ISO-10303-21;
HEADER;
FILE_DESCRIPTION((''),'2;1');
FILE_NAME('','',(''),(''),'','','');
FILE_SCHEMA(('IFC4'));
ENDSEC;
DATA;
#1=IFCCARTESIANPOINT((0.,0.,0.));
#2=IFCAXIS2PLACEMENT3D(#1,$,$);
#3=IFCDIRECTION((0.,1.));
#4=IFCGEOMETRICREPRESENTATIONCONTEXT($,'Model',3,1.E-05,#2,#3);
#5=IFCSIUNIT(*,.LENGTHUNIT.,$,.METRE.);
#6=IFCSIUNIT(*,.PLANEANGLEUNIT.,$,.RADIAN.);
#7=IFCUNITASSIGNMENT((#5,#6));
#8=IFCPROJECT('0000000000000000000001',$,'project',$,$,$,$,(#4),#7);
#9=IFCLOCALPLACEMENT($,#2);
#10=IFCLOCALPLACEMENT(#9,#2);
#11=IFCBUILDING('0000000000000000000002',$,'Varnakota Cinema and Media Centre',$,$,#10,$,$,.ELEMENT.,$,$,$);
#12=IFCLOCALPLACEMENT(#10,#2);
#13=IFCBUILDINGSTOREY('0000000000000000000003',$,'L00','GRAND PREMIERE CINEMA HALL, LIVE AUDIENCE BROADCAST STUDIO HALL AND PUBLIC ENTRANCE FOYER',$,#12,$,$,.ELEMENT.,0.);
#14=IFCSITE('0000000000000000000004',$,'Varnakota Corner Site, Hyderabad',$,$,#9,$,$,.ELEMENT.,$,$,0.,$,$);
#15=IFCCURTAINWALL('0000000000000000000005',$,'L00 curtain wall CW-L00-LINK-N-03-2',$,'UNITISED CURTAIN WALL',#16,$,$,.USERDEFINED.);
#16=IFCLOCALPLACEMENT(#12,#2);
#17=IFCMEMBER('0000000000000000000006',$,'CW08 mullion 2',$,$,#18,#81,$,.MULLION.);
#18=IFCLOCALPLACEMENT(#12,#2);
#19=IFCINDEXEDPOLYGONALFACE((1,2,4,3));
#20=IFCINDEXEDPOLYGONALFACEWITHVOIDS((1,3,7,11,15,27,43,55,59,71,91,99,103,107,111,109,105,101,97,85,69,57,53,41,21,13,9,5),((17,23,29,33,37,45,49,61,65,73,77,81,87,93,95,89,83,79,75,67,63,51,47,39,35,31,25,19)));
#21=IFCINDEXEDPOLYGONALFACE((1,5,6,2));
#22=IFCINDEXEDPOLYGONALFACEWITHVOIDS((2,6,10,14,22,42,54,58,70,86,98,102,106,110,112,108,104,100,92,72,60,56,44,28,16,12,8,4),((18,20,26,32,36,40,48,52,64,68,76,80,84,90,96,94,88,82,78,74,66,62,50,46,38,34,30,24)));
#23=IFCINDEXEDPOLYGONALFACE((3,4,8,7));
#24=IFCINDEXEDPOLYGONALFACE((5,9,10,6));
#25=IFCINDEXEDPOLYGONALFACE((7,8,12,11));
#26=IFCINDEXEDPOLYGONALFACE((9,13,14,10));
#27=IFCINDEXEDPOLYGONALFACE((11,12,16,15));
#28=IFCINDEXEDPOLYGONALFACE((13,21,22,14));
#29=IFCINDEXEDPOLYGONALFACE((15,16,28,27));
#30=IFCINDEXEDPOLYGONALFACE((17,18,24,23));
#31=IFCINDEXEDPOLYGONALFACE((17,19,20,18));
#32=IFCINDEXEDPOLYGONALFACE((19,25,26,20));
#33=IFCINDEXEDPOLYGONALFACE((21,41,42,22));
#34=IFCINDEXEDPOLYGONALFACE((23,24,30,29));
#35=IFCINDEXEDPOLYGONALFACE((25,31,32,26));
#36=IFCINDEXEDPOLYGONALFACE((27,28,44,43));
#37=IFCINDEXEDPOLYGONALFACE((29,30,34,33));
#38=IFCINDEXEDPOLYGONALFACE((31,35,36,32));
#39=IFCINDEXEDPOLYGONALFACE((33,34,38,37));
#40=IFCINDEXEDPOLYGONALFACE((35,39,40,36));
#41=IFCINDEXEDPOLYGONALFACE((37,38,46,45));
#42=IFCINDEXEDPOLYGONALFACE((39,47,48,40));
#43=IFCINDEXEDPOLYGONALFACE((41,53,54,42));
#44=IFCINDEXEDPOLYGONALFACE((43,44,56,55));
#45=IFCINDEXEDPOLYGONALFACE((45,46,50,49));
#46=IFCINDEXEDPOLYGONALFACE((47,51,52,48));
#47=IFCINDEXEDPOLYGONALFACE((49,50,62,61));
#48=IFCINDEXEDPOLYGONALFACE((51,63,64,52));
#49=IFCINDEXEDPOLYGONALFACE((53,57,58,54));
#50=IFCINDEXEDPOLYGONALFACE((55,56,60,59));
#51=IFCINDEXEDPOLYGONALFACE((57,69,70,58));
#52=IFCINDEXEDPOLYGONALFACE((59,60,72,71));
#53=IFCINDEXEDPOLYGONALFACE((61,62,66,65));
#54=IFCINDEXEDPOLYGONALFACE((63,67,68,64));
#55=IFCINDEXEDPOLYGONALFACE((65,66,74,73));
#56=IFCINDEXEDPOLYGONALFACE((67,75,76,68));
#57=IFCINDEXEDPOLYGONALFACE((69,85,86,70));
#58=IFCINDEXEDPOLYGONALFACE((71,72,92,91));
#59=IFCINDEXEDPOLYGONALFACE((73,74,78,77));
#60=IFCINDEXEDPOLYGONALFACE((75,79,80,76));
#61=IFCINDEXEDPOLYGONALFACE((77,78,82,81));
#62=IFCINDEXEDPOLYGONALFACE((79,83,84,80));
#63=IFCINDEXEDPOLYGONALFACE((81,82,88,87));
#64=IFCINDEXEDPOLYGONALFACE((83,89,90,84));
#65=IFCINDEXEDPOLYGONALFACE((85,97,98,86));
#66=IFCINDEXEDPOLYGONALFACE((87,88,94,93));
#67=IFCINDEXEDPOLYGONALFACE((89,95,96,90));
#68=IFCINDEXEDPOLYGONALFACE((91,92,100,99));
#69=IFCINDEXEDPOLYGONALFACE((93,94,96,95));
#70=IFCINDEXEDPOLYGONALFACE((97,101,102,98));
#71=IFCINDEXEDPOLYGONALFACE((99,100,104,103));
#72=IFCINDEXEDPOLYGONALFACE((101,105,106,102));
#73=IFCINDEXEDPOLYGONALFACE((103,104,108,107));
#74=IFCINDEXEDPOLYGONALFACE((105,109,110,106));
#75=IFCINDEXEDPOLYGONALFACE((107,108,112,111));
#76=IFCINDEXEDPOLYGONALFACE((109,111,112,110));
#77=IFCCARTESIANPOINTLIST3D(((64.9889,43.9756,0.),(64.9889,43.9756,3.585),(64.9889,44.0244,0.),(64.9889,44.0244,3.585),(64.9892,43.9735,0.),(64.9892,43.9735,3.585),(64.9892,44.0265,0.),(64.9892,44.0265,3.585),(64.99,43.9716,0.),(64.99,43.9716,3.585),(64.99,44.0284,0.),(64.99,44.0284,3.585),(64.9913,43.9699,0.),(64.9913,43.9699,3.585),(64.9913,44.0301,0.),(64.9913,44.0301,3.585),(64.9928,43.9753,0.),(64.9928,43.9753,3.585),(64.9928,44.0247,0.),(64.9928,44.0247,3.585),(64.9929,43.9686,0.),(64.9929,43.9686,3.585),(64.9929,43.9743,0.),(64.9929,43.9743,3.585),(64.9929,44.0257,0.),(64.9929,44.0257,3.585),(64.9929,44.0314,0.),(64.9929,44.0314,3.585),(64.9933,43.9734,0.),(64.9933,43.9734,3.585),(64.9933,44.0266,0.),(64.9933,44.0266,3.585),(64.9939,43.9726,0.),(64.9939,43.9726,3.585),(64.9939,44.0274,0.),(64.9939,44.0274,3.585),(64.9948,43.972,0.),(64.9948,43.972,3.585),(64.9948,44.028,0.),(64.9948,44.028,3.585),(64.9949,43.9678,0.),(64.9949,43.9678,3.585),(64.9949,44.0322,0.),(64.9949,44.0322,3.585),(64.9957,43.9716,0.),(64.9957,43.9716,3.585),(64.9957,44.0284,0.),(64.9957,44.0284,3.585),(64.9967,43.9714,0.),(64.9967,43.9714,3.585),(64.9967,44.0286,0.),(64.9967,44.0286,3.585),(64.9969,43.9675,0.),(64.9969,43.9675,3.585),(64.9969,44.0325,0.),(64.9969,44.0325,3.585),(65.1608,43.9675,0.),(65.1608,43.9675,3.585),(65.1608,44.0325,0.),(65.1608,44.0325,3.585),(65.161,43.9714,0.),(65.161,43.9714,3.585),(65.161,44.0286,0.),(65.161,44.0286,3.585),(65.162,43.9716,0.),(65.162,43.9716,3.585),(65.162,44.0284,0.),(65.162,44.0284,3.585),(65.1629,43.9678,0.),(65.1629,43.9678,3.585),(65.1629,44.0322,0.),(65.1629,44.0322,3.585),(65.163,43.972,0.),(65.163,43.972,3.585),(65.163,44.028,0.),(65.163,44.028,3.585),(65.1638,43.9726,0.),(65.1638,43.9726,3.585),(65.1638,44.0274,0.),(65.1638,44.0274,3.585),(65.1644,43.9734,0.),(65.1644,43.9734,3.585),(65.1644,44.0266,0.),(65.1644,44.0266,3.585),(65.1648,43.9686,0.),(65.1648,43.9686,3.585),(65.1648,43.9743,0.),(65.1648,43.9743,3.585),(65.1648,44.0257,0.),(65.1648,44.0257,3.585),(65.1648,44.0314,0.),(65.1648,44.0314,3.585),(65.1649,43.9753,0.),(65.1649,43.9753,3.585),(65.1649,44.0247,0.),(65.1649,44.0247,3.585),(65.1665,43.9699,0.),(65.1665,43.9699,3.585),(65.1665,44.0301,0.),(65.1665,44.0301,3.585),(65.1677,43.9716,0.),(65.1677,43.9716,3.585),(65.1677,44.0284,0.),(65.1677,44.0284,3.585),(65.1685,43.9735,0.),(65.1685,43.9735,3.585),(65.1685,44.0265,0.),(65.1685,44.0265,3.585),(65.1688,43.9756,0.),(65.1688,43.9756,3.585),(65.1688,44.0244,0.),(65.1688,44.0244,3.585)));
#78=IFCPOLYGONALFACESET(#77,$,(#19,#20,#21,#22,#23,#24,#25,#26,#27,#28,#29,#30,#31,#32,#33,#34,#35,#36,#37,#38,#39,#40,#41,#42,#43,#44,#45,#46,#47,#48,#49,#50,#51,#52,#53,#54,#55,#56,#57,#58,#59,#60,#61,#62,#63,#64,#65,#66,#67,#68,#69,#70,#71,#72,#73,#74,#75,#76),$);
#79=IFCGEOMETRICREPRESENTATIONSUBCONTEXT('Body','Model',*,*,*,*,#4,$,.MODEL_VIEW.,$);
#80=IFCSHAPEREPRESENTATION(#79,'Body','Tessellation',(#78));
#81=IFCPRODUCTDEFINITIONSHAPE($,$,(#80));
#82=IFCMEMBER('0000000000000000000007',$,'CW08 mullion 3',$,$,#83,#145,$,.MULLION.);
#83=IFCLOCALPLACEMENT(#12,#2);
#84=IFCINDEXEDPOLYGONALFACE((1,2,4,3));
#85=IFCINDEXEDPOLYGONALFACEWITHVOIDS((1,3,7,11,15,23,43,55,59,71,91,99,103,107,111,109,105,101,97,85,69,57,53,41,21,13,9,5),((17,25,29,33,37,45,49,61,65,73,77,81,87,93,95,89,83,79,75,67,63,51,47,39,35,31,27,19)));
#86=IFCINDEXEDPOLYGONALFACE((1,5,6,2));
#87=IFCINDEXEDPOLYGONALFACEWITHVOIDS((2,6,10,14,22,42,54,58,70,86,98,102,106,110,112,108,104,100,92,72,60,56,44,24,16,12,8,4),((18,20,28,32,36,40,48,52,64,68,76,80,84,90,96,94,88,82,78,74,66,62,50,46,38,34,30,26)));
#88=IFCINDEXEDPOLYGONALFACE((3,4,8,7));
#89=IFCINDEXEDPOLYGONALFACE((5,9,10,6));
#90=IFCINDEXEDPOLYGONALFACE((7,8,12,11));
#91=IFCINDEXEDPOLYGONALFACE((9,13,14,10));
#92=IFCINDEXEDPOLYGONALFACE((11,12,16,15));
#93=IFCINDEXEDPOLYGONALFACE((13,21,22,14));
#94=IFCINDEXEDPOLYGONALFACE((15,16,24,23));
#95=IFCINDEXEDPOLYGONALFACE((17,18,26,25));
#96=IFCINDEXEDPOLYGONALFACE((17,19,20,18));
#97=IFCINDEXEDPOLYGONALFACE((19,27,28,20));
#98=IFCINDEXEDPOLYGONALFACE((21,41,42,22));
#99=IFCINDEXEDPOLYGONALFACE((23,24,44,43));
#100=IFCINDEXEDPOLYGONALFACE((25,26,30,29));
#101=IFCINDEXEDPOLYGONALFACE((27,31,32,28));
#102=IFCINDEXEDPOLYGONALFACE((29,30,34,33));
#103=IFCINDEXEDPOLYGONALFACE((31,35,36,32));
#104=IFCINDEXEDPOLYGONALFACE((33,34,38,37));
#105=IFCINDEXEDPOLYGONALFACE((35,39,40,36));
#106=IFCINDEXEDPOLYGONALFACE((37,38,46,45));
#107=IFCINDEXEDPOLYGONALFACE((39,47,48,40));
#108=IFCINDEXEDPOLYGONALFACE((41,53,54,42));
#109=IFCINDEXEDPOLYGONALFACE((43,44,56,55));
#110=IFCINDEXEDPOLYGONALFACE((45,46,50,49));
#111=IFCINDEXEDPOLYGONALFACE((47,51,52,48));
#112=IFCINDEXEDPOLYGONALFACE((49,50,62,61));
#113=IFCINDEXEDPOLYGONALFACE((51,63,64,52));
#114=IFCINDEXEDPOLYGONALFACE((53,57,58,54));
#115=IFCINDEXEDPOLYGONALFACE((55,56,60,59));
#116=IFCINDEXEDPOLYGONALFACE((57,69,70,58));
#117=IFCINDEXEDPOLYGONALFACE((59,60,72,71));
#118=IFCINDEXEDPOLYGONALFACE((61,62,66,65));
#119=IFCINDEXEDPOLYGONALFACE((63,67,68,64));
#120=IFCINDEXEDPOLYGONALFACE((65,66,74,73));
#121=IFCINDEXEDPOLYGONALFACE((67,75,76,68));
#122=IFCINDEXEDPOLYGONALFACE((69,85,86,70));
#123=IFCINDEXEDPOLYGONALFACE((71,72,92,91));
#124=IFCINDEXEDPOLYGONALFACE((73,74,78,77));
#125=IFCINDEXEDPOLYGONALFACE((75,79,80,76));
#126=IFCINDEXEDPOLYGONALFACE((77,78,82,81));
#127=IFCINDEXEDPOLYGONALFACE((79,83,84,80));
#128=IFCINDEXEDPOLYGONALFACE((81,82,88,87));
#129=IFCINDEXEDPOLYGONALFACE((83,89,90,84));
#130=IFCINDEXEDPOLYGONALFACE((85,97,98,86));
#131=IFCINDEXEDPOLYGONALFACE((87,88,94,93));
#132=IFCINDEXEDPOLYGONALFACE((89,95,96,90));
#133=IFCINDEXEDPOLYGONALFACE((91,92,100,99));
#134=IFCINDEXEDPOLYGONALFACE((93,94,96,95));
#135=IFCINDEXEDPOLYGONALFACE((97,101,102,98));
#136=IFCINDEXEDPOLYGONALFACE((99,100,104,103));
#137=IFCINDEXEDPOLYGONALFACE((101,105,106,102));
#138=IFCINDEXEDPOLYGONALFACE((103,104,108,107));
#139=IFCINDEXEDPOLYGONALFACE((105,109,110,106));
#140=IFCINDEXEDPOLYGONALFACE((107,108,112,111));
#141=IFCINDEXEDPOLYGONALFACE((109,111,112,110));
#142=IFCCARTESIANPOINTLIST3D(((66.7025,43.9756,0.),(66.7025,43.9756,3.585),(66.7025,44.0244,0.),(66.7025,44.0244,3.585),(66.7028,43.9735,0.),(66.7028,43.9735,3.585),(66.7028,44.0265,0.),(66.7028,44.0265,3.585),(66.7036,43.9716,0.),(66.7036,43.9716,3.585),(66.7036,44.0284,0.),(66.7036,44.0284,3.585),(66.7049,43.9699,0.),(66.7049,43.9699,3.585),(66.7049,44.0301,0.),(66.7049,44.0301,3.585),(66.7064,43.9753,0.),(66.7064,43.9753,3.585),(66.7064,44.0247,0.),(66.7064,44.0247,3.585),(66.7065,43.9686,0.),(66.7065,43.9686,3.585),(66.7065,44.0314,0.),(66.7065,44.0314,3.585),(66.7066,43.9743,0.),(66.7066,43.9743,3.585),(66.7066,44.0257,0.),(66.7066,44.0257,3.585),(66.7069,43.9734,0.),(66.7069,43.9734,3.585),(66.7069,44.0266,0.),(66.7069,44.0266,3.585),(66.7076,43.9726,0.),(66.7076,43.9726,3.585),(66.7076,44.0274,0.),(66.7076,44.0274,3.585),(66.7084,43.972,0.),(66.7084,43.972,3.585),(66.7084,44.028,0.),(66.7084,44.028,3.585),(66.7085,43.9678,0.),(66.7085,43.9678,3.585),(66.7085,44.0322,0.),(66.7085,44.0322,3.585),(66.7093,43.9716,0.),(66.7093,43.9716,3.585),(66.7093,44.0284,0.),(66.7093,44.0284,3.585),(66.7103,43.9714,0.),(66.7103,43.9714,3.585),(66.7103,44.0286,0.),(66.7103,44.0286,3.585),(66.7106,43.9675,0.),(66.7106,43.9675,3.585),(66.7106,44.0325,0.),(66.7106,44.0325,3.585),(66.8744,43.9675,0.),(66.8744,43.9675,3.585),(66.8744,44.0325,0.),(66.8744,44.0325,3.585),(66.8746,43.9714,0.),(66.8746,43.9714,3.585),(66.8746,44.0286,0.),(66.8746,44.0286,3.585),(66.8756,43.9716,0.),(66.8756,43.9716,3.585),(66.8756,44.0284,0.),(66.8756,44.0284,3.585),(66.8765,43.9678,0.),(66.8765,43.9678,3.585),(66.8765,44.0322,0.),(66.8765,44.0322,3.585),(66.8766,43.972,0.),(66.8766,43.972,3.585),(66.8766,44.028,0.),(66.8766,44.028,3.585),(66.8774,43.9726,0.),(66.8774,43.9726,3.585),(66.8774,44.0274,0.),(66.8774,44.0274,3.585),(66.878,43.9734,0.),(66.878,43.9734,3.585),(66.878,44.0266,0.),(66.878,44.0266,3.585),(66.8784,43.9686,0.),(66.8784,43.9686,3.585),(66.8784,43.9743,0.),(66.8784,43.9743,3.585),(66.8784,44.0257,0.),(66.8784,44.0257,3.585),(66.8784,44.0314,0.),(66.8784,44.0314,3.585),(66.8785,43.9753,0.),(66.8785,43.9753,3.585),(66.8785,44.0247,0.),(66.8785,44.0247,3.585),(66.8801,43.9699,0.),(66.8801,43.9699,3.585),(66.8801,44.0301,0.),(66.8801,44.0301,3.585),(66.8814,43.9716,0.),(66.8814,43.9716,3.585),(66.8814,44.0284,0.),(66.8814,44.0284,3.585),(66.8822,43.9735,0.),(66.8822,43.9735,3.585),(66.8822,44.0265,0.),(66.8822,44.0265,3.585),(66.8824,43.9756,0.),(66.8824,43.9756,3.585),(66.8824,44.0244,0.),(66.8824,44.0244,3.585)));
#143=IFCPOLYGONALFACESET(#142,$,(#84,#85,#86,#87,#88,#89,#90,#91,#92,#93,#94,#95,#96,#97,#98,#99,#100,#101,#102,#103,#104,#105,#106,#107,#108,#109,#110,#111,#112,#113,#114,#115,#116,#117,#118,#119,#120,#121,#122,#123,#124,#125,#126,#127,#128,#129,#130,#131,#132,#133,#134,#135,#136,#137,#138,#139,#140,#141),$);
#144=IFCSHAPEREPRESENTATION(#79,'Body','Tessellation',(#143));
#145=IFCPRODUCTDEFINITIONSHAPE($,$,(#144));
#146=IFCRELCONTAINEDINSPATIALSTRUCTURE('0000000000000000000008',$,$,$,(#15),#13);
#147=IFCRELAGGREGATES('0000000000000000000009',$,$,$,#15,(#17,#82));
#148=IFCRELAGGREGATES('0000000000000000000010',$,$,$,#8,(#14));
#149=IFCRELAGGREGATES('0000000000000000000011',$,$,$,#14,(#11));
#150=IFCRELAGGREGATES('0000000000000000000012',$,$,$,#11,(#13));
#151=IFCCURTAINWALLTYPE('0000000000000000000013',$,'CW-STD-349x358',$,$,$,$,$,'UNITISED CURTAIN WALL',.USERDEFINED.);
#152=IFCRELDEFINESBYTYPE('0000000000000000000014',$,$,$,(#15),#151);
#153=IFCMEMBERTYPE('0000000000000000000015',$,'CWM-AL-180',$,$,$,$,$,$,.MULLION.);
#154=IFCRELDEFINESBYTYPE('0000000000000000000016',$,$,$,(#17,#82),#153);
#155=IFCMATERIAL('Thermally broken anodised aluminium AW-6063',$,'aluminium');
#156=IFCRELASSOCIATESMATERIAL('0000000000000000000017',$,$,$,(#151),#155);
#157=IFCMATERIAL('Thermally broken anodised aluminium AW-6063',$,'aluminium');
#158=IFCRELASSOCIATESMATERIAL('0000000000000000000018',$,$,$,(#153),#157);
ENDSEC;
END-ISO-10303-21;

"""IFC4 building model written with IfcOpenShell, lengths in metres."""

from ifc_helpers import new_model, si_unit, direction, frame, origin, origin_2d, place, context, subcontext, project, spatial, hollow_rectangle, extrude, material, material_profile, profile_set, type_object, element, aggregate, save


model = new_model("IFC4")

# Units and contexts
model_context = context("Model", 3, precision=1e-05, world=origin(), true_north=direction((0.0, 1.0)))
body_context = subcontext(model_context, "Body", "Model", "MODEL_VIEW")
ifc_project = project(units=[si_unit("LENGTHUNIT", "METRE"), si_unit("PLANEANGLEUNIT", "RADIAN")], contexts=[model_context])

# Site, building, storey
site_placement = place(None, origin())
site = spatial("IfcSite", under=ifc_project, at=site_placement, Name="Varnakota Corner Site, Hyderabad", CompositionType="ELEMENT", RefElevation=0.0)
building_placement = place(site_placement, origin())
building = spatial("IfcBuilding", under=site, at=building_placement, Name="Varnakota Cinema and Media Centre", CompositionType="ELEMENT")
storey_placement = place(building_placement, origin())
storey = spatial("IfcBuildingStorey", under=building, at=storey_placement, Name="L00", Description="GRAND PREMIERE CINEMA HALL, LIVE AUDIENCE BROADCAST STUDIO HALL AND PUBLIC ENTRANCE FOYER", CompositionType="ELEMENT", Elevation=0.0)

# Curtain wall, members
ifc_material_1 = material(Name="Thermally broken anodised aluminium AW-6063", Category="aluminium")
curtain_wall_type = type_object("IfcCurtainWallType", Name="CW-STD-349x358", ElementType="UNITISED CURTAIN WALL", PredefinedType="USERDEFINED", material=ifc_material_1)
curtain_wall_1_placement = place(storey_placement, origin())
curtain_wall_1 = element("IfcCurtainWall", 1, at=curtain_wall_1_placement, inside=storey, type_object=curtain_wall_type, Name="L00 curtain wall CW-L00-LINK-N-03-2", ObjectType="UNITISED CURTAIN WALL", PredefinedType="USERDEFINED")
ifc_material_2 = material(Name="Thermally broken anodised aluminium AW-6063", Category="aluminium")
ifc_material_profile_1 = material_profile(ifc_material_2, hollow_rectangle(XDim=0.0649, YDim=0.1799, WallThickness=0.0039, InnerFilletRadius=0.0039, OuterFilletRadius=0.0081, at=origin_2d()), Name="AL-MULLION 180x65x4")
ifc_profile_set_1 = profile_set([ifc_material_profile_1], Name="Thermally broken anodised aluminium AW-6063")
member_type_1 = type_object("IfcMemberType", Name="CWM-AL-180", PredefinedType="MULLION", material=ifc_profile_set_1)
member_1_placement = place(storey_placement, frame((65.0789, 44.0, 0.0), z_axis=(0.0, 0.0, 1.0), x_axis=(0.0, 1.0, 0.0)))
member_1 = element("IfcMember", 2, at=member_1_placement, type_object=member_type_1, Name="CW08 mullion 2", PredefinedType="MULLION", context=body_context, shape_type="SweptSolid", body=[
    extrude(hollow_rectangle(XDim=0.0649, YDim=0.1799, WallThickness=0.0039, InnerFilletRadius=0.0039, OuterFilletRadius=0.0081, at=origin_2d()), origin(), (0.0, 0.0, 1.0), 3.585),
])
member_2_placement = place(storey_placement, frame((66.7925, 44.0, 0.0), z_axis=(0.0, 0.0, 1.0), x_axis=(0.0, 1.0, 0.0)))
member_2 = element("IfcMember", 3, at=member_2_placement, type_object=member_type_1, Name="CW08 mullion 3", PredefinedType="MULLION", context=body_context, shape_type="SweptSolid", body=[
    extrude(hollow_rectangle(XDim=0.0649, YDim=0.1799, WallThickness=0.0039, InnerFilletRadius=0.0039, OuterFilletRadius=0.0081, at=origin_2d()), origin(), (0.0, 0.0, 1.0), 3.585),
])

aggregate(curtain_wall_1, [member_1, member_2])

save(model, "model.ifc")
